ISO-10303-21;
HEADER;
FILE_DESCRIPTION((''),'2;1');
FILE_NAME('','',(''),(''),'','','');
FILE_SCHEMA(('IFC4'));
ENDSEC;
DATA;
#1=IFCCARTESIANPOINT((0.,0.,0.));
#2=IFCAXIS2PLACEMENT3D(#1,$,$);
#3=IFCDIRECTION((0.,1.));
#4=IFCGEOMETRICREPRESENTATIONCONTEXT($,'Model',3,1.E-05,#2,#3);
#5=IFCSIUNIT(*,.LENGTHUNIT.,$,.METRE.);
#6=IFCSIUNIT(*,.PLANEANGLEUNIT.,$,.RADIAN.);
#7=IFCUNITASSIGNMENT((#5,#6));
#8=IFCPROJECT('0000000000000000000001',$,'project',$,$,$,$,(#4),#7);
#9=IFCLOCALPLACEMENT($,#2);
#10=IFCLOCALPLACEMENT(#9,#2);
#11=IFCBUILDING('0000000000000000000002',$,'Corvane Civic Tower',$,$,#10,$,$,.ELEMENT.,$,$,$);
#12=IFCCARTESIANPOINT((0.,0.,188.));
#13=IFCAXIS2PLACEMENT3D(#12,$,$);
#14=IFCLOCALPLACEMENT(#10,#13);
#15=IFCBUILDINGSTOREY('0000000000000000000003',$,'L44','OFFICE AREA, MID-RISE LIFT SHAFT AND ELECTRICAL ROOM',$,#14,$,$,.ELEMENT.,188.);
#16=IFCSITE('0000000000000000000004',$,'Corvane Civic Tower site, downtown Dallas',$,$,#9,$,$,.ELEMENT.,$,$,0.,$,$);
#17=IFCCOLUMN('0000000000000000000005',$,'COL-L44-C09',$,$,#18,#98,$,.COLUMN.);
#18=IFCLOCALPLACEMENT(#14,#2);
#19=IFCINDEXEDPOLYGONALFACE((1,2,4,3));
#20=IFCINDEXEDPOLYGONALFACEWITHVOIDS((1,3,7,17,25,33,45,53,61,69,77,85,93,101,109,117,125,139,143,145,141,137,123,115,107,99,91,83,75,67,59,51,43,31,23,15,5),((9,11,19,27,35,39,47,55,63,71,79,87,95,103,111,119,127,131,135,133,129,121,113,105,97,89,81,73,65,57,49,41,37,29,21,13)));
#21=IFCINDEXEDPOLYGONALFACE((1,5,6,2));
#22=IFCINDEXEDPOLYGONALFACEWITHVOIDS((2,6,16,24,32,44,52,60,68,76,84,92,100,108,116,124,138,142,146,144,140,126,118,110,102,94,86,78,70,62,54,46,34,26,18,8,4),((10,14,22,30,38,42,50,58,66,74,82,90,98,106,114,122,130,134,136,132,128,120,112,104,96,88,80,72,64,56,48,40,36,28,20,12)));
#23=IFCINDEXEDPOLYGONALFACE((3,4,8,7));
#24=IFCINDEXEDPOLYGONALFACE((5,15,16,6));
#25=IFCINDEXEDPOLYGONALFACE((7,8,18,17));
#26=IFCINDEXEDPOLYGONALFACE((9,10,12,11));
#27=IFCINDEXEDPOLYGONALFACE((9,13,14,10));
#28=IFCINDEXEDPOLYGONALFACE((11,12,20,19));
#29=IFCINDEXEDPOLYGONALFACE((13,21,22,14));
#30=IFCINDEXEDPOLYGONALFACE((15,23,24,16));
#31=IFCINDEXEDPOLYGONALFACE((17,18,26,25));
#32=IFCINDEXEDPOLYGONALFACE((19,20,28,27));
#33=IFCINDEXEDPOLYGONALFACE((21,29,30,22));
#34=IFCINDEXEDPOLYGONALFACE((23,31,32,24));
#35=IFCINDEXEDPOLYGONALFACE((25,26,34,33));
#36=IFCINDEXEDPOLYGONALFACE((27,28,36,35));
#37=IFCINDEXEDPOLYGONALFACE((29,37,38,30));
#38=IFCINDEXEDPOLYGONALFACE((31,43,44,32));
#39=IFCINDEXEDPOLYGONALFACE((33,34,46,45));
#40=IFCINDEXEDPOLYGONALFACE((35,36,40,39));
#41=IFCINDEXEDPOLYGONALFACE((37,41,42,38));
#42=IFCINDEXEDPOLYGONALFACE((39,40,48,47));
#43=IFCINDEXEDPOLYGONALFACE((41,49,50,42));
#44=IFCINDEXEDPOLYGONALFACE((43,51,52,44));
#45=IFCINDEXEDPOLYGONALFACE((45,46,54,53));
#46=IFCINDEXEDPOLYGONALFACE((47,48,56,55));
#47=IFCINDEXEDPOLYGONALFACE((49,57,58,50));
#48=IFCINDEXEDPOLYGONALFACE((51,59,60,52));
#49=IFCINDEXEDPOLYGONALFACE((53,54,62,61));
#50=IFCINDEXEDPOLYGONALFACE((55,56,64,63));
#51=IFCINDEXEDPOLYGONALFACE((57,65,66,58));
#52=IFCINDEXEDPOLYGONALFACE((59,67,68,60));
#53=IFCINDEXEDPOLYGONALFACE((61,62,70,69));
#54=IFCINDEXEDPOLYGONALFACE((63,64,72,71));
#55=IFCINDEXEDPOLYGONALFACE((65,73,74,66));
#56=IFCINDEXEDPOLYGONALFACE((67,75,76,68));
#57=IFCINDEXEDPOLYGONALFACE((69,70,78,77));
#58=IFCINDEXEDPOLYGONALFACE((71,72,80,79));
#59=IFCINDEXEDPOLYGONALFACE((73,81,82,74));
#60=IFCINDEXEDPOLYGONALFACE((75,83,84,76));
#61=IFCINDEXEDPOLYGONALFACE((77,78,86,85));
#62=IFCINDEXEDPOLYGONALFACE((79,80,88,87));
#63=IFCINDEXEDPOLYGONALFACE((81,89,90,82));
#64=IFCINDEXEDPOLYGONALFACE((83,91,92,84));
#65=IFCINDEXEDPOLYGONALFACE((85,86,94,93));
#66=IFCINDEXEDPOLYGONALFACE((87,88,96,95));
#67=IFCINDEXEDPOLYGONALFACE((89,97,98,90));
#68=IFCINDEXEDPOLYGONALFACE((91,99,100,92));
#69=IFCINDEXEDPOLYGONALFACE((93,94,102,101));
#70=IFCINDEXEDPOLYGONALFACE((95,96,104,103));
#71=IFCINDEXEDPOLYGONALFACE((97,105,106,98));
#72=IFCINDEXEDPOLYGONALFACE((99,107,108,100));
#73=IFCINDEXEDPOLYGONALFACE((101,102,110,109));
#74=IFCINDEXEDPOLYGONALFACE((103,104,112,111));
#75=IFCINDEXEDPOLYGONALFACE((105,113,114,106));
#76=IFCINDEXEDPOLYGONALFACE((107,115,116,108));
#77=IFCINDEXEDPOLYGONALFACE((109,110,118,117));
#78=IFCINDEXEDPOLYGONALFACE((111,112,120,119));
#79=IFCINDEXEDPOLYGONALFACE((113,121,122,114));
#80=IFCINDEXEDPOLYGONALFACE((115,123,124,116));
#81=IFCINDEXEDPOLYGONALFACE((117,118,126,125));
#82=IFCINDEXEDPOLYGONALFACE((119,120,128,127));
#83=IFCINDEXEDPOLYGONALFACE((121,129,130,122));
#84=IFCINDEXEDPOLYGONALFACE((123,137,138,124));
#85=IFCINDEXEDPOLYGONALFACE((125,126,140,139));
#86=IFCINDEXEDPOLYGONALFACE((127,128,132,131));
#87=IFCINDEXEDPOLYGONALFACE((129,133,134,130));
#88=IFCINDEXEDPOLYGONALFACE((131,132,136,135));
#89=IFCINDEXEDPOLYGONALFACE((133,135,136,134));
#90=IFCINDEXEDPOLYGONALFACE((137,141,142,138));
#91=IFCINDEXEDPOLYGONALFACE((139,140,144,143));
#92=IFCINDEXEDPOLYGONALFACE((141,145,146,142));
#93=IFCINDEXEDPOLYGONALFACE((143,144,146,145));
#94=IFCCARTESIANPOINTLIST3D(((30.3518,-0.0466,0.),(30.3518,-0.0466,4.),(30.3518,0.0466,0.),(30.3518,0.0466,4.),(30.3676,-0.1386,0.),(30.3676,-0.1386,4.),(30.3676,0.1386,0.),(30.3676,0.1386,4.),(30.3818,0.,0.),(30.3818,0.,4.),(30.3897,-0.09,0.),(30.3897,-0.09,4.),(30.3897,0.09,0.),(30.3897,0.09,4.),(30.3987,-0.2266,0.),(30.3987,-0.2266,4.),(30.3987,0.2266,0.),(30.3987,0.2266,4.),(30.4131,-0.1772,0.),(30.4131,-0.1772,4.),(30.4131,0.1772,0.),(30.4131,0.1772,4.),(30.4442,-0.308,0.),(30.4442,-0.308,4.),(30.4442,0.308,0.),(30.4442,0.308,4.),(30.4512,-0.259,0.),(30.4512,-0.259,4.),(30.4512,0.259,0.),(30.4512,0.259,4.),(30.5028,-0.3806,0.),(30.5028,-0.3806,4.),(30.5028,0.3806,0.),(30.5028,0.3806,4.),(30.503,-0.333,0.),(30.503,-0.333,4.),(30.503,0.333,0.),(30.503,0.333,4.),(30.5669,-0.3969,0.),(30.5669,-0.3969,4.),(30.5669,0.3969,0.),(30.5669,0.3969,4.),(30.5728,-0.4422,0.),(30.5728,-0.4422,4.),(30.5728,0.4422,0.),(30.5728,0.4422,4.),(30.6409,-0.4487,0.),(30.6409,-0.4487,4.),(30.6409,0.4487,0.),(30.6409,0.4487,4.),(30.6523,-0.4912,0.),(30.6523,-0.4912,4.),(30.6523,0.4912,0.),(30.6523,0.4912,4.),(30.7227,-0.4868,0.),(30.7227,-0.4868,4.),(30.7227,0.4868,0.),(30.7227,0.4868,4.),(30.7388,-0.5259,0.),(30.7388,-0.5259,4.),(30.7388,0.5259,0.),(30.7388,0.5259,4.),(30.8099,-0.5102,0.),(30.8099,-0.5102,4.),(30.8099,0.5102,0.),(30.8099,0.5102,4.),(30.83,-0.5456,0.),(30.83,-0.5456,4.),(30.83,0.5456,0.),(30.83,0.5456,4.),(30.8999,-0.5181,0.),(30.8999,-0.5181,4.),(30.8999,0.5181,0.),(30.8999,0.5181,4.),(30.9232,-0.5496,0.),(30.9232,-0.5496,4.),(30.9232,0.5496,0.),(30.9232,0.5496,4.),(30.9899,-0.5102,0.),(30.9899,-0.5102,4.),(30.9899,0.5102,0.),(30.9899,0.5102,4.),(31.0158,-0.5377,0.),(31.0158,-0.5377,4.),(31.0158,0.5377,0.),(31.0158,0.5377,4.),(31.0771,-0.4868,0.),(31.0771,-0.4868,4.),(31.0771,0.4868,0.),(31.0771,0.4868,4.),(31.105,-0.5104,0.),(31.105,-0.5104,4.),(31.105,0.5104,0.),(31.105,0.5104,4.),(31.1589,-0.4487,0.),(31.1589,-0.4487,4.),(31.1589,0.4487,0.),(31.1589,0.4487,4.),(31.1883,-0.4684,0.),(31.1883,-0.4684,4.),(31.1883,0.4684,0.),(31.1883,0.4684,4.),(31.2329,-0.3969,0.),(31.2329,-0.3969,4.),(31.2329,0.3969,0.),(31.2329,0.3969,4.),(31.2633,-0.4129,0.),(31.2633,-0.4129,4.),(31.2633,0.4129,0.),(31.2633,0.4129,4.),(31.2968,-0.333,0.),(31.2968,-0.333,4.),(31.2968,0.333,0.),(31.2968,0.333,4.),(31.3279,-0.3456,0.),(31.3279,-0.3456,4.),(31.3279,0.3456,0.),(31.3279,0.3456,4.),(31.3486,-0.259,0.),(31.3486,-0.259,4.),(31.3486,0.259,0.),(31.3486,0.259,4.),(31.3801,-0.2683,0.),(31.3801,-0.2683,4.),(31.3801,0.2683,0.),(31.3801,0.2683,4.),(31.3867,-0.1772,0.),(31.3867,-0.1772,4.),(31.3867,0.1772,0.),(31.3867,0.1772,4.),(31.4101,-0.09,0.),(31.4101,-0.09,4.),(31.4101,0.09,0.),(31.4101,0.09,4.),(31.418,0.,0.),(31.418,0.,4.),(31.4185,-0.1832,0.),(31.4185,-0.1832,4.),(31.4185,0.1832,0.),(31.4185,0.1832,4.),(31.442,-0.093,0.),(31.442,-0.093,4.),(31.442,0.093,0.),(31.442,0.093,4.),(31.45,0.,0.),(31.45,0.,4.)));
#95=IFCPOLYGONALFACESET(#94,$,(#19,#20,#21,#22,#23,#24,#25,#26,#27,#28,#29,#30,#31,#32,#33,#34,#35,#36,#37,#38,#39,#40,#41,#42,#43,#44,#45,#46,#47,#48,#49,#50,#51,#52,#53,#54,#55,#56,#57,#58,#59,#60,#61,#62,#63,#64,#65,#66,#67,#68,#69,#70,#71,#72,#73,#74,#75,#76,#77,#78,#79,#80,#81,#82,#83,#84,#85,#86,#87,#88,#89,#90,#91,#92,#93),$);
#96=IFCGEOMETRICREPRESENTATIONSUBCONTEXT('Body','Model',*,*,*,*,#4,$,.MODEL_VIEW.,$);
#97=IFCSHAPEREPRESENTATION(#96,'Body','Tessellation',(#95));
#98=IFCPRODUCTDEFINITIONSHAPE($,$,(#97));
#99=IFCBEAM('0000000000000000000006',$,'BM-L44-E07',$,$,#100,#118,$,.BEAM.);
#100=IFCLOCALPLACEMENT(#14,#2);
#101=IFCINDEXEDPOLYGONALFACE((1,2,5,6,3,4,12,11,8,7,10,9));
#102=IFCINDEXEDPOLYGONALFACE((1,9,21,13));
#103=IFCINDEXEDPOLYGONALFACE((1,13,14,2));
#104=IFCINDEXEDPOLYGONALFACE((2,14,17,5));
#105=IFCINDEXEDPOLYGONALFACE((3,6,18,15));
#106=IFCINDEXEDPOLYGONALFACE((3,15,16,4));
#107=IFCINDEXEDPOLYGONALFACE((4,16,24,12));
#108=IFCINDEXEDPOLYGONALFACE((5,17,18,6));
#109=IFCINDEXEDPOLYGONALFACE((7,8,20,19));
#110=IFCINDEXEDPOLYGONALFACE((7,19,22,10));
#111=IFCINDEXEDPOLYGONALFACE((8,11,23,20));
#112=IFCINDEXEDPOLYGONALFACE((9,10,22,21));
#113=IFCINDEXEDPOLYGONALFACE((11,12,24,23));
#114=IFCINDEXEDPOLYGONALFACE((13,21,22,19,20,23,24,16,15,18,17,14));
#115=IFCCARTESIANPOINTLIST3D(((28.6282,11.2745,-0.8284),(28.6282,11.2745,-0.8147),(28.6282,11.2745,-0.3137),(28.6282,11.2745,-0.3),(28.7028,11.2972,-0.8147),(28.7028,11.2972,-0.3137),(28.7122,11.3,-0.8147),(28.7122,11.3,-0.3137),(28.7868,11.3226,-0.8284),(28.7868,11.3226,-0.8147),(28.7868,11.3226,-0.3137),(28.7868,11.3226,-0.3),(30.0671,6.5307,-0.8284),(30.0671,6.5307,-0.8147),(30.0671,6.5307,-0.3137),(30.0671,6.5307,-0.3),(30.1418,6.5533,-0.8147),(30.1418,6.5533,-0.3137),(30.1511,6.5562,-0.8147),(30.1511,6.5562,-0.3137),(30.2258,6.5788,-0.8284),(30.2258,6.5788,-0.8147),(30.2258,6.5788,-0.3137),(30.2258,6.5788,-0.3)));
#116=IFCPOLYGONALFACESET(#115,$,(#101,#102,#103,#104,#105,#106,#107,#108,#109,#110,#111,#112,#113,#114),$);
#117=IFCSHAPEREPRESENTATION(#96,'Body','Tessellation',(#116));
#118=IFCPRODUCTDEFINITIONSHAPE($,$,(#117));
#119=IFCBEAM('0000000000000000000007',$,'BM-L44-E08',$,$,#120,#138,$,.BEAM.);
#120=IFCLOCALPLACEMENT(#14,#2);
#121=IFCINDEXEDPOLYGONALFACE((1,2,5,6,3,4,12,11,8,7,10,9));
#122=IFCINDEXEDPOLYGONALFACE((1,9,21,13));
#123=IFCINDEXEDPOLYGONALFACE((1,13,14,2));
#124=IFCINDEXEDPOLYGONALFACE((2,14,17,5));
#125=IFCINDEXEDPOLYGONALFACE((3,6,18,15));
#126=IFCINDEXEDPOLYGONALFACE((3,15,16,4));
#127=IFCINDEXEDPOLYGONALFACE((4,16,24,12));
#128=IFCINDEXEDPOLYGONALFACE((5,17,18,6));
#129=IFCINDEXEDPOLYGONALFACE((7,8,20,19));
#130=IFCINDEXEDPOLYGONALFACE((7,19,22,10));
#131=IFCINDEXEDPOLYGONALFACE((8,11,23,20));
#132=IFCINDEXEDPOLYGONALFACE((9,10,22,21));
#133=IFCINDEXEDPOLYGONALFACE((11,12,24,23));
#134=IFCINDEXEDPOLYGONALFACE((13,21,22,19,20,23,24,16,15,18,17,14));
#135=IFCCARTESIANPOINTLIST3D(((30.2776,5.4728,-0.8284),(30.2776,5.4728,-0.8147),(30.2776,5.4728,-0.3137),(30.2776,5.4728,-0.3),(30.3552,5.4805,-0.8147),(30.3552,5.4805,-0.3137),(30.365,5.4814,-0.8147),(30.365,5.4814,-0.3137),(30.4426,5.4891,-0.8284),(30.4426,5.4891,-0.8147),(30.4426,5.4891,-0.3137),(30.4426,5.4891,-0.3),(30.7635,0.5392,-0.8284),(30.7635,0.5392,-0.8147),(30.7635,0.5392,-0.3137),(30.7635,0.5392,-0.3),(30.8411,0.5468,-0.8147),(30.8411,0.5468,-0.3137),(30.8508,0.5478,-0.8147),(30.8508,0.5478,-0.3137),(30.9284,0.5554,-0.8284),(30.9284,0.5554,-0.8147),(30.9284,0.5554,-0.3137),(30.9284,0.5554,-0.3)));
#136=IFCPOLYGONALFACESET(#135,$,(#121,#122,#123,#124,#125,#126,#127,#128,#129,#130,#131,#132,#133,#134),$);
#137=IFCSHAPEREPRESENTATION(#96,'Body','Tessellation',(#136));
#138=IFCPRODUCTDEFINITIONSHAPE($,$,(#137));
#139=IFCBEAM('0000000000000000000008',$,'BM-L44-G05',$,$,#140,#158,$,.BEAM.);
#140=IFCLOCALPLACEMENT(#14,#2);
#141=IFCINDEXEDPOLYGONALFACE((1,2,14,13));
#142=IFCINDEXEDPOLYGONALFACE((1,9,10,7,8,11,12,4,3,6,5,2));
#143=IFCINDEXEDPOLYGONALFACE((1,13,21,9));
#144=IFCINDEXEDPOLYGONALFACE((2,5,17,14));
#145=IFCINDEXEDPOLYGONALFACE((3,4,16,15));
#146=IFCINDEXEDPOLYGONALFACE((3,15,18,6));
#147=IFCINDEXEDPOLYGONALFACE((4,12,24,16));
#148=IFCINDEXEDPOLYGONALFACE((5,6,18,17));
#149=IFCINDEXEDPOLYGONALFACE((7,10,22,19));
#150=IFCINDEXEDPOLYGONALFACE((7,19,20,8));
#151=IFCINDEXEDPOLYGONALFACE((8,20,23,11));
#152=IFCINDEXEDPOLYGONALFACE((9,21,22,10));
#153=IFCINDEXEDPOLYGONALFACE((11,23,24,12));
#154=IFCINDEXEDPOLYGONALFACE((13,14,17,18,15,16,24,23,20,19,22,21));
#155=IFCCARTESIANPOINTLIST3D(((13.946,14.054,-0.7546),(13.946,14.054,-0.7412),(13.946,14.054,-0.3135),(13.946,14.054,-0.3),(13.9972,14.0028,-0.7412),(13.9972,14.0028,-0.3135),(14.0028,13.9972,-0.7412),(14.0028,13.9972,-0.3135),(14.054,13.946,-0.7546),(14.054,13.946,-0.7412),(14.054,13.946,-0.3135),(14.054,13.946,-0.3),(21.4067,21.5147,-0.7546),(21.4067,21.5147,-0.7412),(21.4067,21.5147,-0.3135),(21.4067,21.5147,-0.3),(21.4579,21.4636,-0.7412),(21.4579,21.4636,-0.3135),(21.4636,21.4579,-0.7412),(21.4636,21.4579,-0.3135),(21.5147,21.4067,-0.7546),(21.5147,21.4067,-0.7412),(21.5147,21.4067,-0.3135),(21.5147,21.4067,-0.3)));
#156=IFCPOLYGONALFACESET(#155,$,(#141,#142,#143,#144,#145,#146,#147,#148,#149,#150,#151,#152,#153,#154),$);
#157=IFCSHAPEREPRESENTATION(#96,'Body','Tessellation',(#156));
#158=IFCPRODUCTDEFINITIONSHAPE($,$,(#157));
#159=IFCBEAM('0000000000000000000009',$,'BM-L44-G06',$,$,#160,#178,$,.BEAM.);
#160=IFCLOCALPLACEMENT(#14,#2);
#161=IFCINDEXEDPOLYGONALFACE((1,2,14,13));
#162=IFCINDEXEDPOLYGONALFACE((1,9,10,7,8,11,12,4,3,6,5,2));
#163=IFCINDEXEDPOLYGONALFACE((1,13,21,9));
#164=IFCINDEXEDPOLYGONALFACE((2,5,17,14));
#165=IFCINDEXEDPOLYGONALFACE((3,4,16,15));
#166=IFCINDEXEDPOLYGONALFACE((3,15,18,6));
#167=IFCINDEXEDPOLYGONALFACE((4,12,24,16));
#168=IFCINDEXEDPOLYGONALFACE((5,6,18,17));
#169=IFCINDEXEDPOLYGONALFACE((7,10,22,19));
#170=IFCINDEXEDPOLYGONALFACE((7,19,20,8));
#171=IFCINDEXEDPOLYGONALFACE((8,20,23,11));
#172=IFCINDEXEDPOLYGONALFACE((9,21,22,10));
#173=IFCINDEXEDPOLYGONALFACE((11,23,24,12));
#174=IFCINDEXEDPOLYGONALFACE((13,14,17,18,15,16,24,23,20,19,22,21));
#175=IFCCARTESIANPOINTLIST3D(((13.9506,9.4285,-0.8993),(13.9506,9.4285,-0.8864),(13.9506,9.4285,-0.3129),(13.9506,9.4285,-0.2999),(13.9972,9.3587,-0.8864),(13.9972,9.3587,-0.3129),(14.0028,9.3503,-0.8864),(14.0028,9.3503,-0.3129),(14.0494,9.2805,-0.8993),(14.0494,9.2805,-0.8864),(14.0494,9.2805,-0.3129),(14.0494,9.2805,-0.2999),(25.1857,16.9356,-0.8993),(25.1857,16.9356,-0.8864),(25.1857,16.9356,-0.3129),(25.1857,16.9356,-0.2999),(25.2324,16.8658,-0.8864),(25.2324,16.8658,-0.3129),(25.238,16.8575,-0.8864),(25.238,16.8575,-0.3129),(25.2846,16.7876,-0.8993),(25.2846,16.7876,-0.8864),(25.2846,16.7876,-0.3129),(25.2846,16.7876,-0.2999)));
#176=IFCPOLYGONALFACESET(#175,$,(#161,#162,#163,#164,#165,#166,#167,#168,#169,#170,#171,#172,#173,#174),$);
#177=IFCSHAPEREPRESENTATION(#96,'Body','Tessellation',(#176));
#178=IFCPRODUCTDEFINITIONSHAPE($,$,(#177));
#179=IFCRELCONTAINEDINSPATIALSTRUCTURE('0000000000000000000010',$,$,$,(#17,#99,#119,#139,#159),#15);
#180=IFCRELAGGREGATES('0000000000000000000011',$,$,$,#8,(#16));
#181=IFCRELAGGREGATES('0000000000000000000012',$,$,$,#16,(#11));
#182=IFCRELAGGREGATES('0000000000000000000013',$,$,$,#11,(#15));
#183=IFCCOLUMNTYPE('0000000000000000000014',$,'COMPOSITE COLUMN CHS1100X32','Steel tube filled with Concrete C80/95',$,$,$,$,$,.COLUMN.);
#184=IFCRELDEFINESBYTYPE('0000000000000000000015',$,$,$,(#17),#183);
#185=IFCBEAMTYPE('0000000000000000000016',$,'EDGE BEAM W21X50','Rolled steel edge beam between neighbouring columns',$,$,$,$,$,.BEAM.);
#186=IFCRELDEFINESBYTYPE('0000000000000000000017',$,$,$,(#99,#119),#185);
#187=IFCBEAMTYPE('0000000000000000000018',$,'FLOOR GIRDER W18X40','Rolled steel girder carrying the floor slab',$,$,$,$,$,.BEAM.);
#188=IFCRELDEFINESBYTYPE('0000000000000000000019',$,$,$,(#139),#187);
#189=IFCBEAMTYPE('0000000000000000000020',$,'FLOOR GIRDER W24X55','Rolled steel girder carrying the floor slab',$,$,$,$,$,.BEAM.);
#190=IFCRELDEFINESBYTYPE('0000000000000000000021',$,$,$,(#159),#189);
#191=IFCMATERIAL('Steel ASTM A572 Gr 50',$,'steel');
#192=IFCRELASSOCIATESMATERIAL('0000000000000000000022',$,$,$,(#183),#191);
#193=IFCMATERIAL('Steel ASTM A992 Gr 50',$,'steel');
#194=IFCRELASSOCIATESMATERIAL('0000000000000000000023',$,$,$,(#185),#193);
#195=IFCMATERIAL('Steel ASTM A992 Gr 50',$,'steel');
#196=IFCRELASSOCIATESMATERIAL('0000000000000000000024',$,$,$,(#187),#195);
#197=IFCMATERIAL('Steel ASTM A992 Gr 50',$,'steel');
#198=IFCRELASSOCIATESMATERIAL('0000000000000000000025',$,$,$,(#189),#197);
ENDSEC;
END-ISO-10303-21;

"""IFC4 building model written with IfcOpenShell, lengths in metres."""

from ifc_helpers import new_model, si_unit, direction, frame, origin, origin_2d, place, context, subcontext, project, spatial, hollow_circle, i_section, extrude, material, material_profile, profile_set, type_object, element, save


model = new_model("IFC4")

# Units and contexts
model_context = context("Model", 3, precision=1e-05, world=origin(), true_north=direction((0.0, 1.0)))
body_context = subcontext(model_context, "Body", "Model", "MODEL_VIEW")
ifc_project = project(units=[si_unit("LENGTHUNIT", "METRE"), si_unit("PLANEANGLEUNIT", "RADIAN")], contexts=[model_context])

# Site, building, storey
site_placement = place(None, origin())
site = spatial("IfcSite", under=ifc_project, at=site_placement, Name="Corvane Civic Tower site, downtown Dallas", CompositionType="ELEMENT", RefElevation=0.0)
building_placement = place(site_placement, origin())
building = spatial("IfcBuilding", under=site, at=building_placement, Name="Corvane Civic Tower", CompositionType="ELEMENT")
storey_placement = place(building_placement, frame((0.0, 0.0, 188.0)))
storey = spatial("IfcBuildingStorey", under=building, at=storey_placement, Name="L44", Description="OFFICE AREA, MID-RISE LIFT SHAFT AND ELECTRICAL ROOM", CompositionType="ELEMENT", Elevation=188.0)

# Column
ifc_material_1 = material(Name="Steel ASTM A572 Gr 50", Category="steel")
ifc_material_profile_1 = material_profile(ifc_material_1, hollow_circle(Radius=0.55, WallThickness=0.032, at=origin_2d()), Name="CHS1100X32")
ifc_profile_set_1 = profile_set([ifc_material_profile_1], Name="Steel ASTM A572 Gr 50")
column_type = type_object("IfcColumnType", Name="COMPOSITE COLUMN CHS1100X32", Description="Steel tube filled with Concrete C80/95", PredefinedType="COLUMN", material=ifc_profile_set_1)
for number, where, z_axis, x_axis, name in (
    (1, (30.8999, 0.0, 0.0), (0.0, 0.0, 1.0), (1.0, 0.0, 0.0), "COL-L44-C09"),
):
    element("IfcColumn", number, at=place(storey_placement, frame(where, z_axis=z_axis, x_axis=x_axis)), inside=storey, type_object=column_type, Name=name, PredefinedType="COLUMN", context=body_context, shape_type="SweptSolid", body=[
        extrude(hollow_circle(Radius=0.55, WallThickness=0.032, at=origin_2d()), origin(), (0.0, 0.0, 1.0), 4.0),
    ])

# Beams
ifc_material_2 = material(Name="Steel ASTM A992 Gr 50", Category="steel")
ifc_material_profile_2 = material_profile(ifc_material_2, i_section(OverallWidth=0.1658, OverallDepth=0.5283, WebThickness=0.0098, FlangeThickness=0.0137, at=origin_2d()), Name="W21X50")
ifc_profile_set_2 = profile_set([ifc_material_profile_2], Name="Steel ASTM A992 Gr 50")
beam_type_1 = type_object("IfcBeamType", Name="EDGE BEAM W21X50", Description="Rolled steel edge beam between neighbouring columns", PredefinedType="BEAM", material=ifc_profile_set_2)
beam_1_placement = place(storey_placement, frame((28.7075, 11.2986, -0.5642), z_axis=(0.29027, -0.956945, 0.0), x_axis=(0.956945, 0.29027, 0.0)))
element("IfcBeam", 2, at=beam_1_placement, inside=storey, type_object=beam_type_1, Name="BM-L44-E07", PredefinedType="BEAM", context=body_context, shape_type="SweptSolid", body=[
    extrude(i_section(OverallWidth=0.1658, OverallDepth=0.5283, WebThickness=0.0098, FlangeThickness=0.0137, at=origin_2d()), origin(), (0.0, 0.0, 1.0), 4.9573),
])
beam_2_placement = place(storey_placement, frame((30.3601, 5.481, -0.5642), z_axis=(0.098002, -0.995186, 0.0), x_axis=(0.995186, 0.098002, 0.0)))
element("IfcBeam", 3, at=beam_2_placement, inside=storey, type_object=beam_type_1, Name="BM-L44-E08", PredefinedType="BEAM", context=body_context, shape_type="SweptSolid", body=[
    extrude(i_section(OverallWidth=0.1658, OverallDepth=0.5283, WebThickness=0.0098, FlangeThickness=0.0137, at=origin_2d()), origin(), (0.0, 0.0, 1.0), 4.9575),
])
ifc_material_3 = material(Name="Steel ASTM A992 Gr 50", Category="steel")
ifc_material_profile_3 = material_profile(ifc_material_3, i_section(OverallWidth=0.1528, OverallDepth=0.4546, WebThickness=0.0081, FlangeThickness=0.0134, at=origin_2d()), Name="W18X40")
ifc_profile_set_3 = profile_set([ifc_material_profile_3], Name="Steel ASTM A992 Gr 50")
beam_type_2 = type_object("IfcBeamType", Name="FLOOR GIRDER W18X40", Description="Rolled steel girder carrying the floor slab", PredefinedType="BEAM", material=ifc_profile_set_3)
beam_3_placement = place(storey_placement, frame((14.0, 14.0, -0.5273), z_axis=(0.707107, 0.707107, 0.0), x_axis=(-0.707107, 0.707107, 0.0)))
element("IfcBeam", 4, at=beam_3_placement, inside=storey, type_object=beam_type_2, Name="BM-L44-G05", PredefinedType="BEAM", context=body_context, shape_type="SweptSolid", body=[
    extrude(i_section(OverallWidth=0.1528, OverallDepth=0.4546, WebThickness=0.0081, FlangeThickness=0.0134, at=origin_2d()), origin(), (0.0, 0.0, 1.0), 10.551),
])
ifc_material_4 = material(Name="Steel ASTM A992 Gr 50", Category="steel")
ifc_material_profile_4 = material_profile(ifc_material_4, i_section(OverallWidth=0.178, OverallDepth=0.5994, WebThickness=0.01, FlangeThickness=0.0129, at=origin_2d()), Name="W24X55")
ifc_profile_set_4 = profile_set([ifc_material_profile_4], Name="Steel ASTM A992 Gr 50")
beam_type_3 = type_object("IfcBeamType", Name="FLOOR GIRDER W24X55", Description="Rolled steel girder carrying the floor slab", PredefinedType="BEAM", material=ifc_profile_set_4)
beam_4_placement = place(storey_placement, frame((14.0, 9.3545, -0.5996), z_axis=(0.831469, 0.555571, 0.0), x_axis=(-0.555571, 0.831469, 0.0)))
element("IfcBeam", 5, at=beam_4_placement, inside=storey, type_object=beam_type_3, Name="BM-L44-G06", PredefinedType="BEAM", context=body_context, shape_type="SweptSolid", body=[
    extrude(i_section(OverallWidth=0.178, OverallDepth=0.5994, WebThickness=0.01, FlangeThickness=0.0129, at=origin_2d()), origin(), (0.0, 0.0, 1.0), 13.5125),
])

save(model, "model.ifc")
